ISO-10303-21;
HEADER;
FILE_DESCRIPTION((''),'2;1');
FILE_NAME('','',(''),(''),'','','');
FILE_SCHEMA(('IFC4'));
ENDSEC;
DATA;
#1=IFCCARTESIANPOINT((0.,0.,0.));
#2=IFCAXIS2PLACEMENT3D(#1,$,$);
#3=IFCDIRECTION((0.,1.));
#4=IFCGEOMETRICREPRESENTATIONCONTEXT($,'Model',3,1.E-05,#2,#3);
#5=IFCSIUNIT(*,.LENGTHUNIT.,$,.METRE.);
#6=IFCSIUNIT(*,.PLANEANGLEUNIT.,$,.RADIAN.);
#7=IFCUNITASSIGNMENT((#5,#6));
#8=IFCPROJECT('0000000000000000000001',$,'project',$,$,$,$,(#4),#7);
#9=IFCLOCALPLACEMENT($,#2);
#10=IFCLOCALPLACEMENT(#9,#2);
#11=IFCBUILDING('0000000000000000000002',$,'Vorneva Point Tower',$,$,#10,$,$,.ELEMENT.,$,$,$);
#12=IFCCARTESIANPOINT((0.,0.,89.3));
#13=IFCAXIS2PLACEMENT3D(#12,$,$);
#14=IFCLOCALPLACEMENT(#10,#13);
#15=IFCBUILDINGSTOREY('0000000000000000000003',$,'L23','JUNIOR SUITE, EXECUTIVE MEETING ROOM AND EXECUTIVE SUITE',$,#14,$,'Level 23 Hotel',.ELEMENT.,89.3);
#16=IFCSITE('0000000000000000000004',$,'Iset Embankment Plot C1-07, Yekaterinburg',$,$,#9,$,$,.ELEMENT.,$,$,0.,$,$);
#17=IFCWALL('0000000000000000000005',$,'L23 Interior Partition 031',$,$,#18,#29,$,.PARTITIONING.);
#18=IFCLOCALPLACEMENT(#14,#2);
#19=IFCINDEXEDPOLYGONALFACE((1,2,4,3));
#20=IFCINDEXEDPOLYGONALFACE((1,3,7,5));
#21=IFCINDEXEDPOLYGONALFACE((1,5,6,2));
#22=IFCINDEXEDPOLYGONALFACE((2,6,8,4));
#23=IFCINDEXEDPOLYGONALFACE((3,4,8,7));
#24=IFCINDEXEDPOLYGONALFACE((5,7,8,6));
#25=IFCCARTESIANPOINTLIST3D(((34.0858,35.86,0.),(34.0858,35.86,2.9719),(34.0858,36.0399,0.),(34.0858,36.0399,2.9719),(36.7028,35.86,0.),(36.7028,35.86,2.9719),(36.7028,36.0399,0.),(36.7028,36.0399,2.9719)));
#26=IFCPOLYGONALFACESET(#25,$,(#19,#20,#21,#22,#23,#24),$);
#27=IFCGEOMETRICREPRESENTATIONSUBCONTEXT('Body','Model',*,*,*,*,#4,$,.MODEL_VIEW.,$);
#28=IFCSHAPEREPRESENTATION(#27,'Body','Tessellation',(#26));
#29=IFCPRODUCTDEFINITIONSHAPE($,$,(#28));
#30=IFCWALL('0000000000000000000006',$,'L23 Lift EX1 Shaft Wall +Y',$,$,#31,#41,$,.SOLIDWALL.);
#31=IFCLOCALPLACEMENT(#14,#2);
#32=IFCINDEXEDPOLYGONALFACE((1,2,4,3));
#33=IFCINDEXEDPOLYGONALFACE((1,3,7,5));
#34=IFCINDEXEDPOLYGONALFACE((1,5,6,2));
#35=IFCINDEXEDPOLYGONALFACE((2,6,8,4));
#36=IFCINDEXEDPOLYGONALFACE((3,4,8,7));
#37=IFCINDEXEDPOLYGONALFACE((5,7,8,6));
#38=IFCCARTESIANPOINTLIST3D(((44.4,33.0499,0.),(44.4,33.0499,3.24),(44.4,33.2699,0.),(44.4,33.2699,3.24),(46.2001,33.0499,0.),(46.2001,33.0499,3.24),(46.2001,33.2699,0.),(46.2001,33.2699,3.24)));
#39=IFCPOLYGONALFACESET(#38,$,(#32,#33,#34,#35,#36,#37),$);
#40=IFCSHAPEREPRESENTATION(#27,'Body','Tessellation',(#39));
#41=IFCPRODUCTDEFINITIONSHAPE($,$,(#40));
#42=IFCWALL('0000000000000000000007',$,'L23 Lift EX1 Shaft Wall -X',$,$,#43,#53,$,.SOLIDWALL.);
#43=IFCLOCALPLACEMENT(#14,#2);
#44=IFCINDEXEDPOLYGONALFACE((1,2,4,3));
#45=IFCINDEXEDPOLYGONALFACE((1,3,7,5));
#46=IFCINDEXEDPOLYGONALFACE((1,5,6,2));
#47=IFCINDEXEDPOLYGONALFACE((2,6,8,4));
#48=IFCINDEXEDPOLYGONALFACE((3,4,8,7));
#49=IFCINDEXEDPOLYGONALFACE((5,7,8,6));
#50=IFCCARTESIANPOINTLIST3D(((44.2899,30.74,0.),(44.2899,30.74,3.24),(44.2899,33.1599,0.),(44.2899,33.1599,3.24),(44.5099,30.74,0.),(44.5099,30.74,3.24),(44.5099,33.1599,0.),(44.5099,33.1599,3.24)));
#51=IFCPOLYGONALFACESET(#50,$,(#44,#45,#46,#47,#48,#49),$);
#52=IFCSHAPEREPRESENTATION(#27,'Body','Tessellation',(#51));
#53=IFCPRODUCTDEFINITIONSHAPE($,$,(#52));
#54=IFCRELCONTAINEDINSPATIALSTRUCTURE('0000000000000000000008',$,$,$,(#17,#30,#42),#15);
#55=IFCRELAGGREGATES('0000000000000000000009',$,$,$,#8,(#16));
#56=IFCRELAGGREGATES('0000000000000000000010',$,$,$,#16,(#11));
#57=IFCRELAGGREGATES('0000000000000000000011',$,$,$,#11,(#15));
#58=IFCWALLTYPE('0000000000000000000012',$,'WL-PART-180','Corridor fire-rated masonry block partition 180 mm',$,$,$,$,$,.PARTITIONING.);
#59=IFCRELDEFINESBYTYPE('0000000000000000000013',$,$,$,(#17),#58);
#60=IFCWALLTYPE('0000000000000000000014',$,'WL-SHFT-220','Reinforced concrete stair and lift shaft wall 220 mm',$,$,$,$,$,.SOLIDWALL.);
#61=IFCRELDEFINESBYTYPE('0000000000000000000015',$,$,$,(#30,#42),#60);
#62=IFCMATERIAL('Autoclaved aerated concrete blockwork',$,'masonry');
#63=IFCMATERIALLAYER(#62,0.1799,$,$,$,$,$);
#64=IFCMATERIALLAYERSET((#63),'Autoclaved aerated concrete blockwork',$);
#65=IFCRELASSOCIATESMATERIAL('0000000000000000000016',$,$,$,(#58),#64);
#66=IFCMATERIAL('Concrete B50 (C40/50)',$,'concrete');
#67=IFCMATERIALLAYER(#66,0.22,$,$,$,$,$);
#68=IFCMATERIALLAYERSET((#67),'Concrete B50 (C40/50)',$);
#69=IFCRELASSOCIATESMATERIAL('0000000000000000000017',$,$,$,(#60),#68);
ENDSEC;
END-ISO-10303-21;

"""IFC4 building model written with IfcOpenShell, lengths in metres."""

from ifc_helpers import new_model, si_unit, direction, frame, frame_2d, origin, place, context, subcontext, project, spatial, rectangle, extrude, material, layer, layer_set, type_object, element, save


model = new_model("IFC4")

# Units and contexts
model_context = context("Model", 3, precision=1e-05, world=origin(), true_north=direction((0.0, 1.0)))
body_context = subcontext(model_context, "Body", "Model", "MODEL_VIEW")
ifc_project = project(units=[si_unit("LENGTHUNIT", "METRE"), si_unit("PLANEANGLEUNIT", "RADIAN")], contexts=[model_context])

# Site, building, storey
site_placement = place(None, origin())
site = spatial("IfcSite", under=ifc_project, at=site_placement, Name="Iset Embankment Plot C1-07, Yekaterinburg", CompositionType="ELEMENT", RefElevation=0.0)
building_placement = place(site_placement, origin())
building = spatial("IfcBuilding", under=site, at=building_placement, Name="Vorneva Point Tower", CompositionType="ELEMENT")
storey_placement = place(building_placement, frame((0.0, 0.0, 89.3)))
storey = spatial("IfcBuildingStorey", under=building, at=storey_placement, Name="L23", Description="JUNIOR SUITE, EXECUTIVE MEETING ROOM AND EXECUTIVE SUITE", LongName="Level 23 Hotel", CompositionType="ELEMENT", Elevation=89.3)

# Shared definitions
ifc_material_1 = material(Name="Autoclaved aerated concrete blockwork", Category="masonry")
ifc_layer_1 = layer(ifc_material_1, 0.1799)
ifc_layer_set_1 = layer_set([ifc_layer_1], Name="Autoclaved aerated concrete blockwork")
wall_type_1 = type_object("IfcWallType", Name="WL-PART-180", Description="Corridor fire-rated masonry block partition 180 mm", PredefinedType="PARTITIONING", material=ifc_layer_set_1)

# Walls
wall_1_placement = place(storey_placement, frame((36.7029, 35.95, 0.0), z_axis=(0.0, 0.0, 1.0), x_axis=(-1.0, 0.0, 0.0)))
element("IfcWall", 1, at=wall_1_placement, inside=storey, type_object=wall_type_1, Name="L23 Interior Partition 031", PredefinedType="PARTITIONING", context=body_context, shape_type="SweptSolid", body=[
    extrude(rectangle(XDim=2.6169, YDim=0.1799, at=frame_2d((1.3086, 0.0))), origin(), (0.0, 0.0, 1.0), 2.9719),
])
ifc_material_2 = material(Name="Concrete B50 (C40/50)", Category="concrete")
ifc_layer_2 = layer(ifc_material_2, 0.22)
ifc_layer_set_2 = layer_set([ifc_layer_2], Name="Concrete B50 (C40/50)")
wall_type_2 = type_object("IfcWallType", Name="WL-SHFT-220", Description="Reinforced concrete stair and lift shaft wall 220 mm", PredefinedType="SOLIDWALL", material=ifc_layer_set_2)
wall_2_placement = place(storey_placement, frame((46.2, 33.1599, 0.0), z_axis=(0.0, 0.0, 1.0), x_axis=(-1.0, 0.0, 0.0)))
element("IfcWall", 2, at=wall_2_placement, inside=storey, type_object=wall_type_2, Name="L23 Lift EX1 Shaft Wall +Y", PredefinedType="SOLIDWALL", context=body_context, shape_type="SweptSolid", body=[
    extrude(rectangle(XDim=1.8, YDim=0.22, at=frame_2d((0.8999, 0.0))), origin(), (0.0, 0.0, 1.0), 3.24),
])
wall_3_placement = place(storey_placement, frame((44.3999, 33.1599, 0.0), z_axis=(0.0, 0.0, 1.0), x_axis=(0.0, -1.0, 0.0)))
element("IfcWall", 3, at=wall_3_placement, inside=storey, type_object=wall_type_2, Name="L23 Lift EX1 Shaft Wall -X", PredefinedType="SOLIDWALL", context=body_context, shape_type="SweptSolid", body=[
    extrude(rectangle(XDim=2.4199, YDim=0.22, at=frame_2d((1.21, 0.0))), origin(), (0.0, 0.0, 1.0), 3.24),
])

save(model, "model.ifc")
